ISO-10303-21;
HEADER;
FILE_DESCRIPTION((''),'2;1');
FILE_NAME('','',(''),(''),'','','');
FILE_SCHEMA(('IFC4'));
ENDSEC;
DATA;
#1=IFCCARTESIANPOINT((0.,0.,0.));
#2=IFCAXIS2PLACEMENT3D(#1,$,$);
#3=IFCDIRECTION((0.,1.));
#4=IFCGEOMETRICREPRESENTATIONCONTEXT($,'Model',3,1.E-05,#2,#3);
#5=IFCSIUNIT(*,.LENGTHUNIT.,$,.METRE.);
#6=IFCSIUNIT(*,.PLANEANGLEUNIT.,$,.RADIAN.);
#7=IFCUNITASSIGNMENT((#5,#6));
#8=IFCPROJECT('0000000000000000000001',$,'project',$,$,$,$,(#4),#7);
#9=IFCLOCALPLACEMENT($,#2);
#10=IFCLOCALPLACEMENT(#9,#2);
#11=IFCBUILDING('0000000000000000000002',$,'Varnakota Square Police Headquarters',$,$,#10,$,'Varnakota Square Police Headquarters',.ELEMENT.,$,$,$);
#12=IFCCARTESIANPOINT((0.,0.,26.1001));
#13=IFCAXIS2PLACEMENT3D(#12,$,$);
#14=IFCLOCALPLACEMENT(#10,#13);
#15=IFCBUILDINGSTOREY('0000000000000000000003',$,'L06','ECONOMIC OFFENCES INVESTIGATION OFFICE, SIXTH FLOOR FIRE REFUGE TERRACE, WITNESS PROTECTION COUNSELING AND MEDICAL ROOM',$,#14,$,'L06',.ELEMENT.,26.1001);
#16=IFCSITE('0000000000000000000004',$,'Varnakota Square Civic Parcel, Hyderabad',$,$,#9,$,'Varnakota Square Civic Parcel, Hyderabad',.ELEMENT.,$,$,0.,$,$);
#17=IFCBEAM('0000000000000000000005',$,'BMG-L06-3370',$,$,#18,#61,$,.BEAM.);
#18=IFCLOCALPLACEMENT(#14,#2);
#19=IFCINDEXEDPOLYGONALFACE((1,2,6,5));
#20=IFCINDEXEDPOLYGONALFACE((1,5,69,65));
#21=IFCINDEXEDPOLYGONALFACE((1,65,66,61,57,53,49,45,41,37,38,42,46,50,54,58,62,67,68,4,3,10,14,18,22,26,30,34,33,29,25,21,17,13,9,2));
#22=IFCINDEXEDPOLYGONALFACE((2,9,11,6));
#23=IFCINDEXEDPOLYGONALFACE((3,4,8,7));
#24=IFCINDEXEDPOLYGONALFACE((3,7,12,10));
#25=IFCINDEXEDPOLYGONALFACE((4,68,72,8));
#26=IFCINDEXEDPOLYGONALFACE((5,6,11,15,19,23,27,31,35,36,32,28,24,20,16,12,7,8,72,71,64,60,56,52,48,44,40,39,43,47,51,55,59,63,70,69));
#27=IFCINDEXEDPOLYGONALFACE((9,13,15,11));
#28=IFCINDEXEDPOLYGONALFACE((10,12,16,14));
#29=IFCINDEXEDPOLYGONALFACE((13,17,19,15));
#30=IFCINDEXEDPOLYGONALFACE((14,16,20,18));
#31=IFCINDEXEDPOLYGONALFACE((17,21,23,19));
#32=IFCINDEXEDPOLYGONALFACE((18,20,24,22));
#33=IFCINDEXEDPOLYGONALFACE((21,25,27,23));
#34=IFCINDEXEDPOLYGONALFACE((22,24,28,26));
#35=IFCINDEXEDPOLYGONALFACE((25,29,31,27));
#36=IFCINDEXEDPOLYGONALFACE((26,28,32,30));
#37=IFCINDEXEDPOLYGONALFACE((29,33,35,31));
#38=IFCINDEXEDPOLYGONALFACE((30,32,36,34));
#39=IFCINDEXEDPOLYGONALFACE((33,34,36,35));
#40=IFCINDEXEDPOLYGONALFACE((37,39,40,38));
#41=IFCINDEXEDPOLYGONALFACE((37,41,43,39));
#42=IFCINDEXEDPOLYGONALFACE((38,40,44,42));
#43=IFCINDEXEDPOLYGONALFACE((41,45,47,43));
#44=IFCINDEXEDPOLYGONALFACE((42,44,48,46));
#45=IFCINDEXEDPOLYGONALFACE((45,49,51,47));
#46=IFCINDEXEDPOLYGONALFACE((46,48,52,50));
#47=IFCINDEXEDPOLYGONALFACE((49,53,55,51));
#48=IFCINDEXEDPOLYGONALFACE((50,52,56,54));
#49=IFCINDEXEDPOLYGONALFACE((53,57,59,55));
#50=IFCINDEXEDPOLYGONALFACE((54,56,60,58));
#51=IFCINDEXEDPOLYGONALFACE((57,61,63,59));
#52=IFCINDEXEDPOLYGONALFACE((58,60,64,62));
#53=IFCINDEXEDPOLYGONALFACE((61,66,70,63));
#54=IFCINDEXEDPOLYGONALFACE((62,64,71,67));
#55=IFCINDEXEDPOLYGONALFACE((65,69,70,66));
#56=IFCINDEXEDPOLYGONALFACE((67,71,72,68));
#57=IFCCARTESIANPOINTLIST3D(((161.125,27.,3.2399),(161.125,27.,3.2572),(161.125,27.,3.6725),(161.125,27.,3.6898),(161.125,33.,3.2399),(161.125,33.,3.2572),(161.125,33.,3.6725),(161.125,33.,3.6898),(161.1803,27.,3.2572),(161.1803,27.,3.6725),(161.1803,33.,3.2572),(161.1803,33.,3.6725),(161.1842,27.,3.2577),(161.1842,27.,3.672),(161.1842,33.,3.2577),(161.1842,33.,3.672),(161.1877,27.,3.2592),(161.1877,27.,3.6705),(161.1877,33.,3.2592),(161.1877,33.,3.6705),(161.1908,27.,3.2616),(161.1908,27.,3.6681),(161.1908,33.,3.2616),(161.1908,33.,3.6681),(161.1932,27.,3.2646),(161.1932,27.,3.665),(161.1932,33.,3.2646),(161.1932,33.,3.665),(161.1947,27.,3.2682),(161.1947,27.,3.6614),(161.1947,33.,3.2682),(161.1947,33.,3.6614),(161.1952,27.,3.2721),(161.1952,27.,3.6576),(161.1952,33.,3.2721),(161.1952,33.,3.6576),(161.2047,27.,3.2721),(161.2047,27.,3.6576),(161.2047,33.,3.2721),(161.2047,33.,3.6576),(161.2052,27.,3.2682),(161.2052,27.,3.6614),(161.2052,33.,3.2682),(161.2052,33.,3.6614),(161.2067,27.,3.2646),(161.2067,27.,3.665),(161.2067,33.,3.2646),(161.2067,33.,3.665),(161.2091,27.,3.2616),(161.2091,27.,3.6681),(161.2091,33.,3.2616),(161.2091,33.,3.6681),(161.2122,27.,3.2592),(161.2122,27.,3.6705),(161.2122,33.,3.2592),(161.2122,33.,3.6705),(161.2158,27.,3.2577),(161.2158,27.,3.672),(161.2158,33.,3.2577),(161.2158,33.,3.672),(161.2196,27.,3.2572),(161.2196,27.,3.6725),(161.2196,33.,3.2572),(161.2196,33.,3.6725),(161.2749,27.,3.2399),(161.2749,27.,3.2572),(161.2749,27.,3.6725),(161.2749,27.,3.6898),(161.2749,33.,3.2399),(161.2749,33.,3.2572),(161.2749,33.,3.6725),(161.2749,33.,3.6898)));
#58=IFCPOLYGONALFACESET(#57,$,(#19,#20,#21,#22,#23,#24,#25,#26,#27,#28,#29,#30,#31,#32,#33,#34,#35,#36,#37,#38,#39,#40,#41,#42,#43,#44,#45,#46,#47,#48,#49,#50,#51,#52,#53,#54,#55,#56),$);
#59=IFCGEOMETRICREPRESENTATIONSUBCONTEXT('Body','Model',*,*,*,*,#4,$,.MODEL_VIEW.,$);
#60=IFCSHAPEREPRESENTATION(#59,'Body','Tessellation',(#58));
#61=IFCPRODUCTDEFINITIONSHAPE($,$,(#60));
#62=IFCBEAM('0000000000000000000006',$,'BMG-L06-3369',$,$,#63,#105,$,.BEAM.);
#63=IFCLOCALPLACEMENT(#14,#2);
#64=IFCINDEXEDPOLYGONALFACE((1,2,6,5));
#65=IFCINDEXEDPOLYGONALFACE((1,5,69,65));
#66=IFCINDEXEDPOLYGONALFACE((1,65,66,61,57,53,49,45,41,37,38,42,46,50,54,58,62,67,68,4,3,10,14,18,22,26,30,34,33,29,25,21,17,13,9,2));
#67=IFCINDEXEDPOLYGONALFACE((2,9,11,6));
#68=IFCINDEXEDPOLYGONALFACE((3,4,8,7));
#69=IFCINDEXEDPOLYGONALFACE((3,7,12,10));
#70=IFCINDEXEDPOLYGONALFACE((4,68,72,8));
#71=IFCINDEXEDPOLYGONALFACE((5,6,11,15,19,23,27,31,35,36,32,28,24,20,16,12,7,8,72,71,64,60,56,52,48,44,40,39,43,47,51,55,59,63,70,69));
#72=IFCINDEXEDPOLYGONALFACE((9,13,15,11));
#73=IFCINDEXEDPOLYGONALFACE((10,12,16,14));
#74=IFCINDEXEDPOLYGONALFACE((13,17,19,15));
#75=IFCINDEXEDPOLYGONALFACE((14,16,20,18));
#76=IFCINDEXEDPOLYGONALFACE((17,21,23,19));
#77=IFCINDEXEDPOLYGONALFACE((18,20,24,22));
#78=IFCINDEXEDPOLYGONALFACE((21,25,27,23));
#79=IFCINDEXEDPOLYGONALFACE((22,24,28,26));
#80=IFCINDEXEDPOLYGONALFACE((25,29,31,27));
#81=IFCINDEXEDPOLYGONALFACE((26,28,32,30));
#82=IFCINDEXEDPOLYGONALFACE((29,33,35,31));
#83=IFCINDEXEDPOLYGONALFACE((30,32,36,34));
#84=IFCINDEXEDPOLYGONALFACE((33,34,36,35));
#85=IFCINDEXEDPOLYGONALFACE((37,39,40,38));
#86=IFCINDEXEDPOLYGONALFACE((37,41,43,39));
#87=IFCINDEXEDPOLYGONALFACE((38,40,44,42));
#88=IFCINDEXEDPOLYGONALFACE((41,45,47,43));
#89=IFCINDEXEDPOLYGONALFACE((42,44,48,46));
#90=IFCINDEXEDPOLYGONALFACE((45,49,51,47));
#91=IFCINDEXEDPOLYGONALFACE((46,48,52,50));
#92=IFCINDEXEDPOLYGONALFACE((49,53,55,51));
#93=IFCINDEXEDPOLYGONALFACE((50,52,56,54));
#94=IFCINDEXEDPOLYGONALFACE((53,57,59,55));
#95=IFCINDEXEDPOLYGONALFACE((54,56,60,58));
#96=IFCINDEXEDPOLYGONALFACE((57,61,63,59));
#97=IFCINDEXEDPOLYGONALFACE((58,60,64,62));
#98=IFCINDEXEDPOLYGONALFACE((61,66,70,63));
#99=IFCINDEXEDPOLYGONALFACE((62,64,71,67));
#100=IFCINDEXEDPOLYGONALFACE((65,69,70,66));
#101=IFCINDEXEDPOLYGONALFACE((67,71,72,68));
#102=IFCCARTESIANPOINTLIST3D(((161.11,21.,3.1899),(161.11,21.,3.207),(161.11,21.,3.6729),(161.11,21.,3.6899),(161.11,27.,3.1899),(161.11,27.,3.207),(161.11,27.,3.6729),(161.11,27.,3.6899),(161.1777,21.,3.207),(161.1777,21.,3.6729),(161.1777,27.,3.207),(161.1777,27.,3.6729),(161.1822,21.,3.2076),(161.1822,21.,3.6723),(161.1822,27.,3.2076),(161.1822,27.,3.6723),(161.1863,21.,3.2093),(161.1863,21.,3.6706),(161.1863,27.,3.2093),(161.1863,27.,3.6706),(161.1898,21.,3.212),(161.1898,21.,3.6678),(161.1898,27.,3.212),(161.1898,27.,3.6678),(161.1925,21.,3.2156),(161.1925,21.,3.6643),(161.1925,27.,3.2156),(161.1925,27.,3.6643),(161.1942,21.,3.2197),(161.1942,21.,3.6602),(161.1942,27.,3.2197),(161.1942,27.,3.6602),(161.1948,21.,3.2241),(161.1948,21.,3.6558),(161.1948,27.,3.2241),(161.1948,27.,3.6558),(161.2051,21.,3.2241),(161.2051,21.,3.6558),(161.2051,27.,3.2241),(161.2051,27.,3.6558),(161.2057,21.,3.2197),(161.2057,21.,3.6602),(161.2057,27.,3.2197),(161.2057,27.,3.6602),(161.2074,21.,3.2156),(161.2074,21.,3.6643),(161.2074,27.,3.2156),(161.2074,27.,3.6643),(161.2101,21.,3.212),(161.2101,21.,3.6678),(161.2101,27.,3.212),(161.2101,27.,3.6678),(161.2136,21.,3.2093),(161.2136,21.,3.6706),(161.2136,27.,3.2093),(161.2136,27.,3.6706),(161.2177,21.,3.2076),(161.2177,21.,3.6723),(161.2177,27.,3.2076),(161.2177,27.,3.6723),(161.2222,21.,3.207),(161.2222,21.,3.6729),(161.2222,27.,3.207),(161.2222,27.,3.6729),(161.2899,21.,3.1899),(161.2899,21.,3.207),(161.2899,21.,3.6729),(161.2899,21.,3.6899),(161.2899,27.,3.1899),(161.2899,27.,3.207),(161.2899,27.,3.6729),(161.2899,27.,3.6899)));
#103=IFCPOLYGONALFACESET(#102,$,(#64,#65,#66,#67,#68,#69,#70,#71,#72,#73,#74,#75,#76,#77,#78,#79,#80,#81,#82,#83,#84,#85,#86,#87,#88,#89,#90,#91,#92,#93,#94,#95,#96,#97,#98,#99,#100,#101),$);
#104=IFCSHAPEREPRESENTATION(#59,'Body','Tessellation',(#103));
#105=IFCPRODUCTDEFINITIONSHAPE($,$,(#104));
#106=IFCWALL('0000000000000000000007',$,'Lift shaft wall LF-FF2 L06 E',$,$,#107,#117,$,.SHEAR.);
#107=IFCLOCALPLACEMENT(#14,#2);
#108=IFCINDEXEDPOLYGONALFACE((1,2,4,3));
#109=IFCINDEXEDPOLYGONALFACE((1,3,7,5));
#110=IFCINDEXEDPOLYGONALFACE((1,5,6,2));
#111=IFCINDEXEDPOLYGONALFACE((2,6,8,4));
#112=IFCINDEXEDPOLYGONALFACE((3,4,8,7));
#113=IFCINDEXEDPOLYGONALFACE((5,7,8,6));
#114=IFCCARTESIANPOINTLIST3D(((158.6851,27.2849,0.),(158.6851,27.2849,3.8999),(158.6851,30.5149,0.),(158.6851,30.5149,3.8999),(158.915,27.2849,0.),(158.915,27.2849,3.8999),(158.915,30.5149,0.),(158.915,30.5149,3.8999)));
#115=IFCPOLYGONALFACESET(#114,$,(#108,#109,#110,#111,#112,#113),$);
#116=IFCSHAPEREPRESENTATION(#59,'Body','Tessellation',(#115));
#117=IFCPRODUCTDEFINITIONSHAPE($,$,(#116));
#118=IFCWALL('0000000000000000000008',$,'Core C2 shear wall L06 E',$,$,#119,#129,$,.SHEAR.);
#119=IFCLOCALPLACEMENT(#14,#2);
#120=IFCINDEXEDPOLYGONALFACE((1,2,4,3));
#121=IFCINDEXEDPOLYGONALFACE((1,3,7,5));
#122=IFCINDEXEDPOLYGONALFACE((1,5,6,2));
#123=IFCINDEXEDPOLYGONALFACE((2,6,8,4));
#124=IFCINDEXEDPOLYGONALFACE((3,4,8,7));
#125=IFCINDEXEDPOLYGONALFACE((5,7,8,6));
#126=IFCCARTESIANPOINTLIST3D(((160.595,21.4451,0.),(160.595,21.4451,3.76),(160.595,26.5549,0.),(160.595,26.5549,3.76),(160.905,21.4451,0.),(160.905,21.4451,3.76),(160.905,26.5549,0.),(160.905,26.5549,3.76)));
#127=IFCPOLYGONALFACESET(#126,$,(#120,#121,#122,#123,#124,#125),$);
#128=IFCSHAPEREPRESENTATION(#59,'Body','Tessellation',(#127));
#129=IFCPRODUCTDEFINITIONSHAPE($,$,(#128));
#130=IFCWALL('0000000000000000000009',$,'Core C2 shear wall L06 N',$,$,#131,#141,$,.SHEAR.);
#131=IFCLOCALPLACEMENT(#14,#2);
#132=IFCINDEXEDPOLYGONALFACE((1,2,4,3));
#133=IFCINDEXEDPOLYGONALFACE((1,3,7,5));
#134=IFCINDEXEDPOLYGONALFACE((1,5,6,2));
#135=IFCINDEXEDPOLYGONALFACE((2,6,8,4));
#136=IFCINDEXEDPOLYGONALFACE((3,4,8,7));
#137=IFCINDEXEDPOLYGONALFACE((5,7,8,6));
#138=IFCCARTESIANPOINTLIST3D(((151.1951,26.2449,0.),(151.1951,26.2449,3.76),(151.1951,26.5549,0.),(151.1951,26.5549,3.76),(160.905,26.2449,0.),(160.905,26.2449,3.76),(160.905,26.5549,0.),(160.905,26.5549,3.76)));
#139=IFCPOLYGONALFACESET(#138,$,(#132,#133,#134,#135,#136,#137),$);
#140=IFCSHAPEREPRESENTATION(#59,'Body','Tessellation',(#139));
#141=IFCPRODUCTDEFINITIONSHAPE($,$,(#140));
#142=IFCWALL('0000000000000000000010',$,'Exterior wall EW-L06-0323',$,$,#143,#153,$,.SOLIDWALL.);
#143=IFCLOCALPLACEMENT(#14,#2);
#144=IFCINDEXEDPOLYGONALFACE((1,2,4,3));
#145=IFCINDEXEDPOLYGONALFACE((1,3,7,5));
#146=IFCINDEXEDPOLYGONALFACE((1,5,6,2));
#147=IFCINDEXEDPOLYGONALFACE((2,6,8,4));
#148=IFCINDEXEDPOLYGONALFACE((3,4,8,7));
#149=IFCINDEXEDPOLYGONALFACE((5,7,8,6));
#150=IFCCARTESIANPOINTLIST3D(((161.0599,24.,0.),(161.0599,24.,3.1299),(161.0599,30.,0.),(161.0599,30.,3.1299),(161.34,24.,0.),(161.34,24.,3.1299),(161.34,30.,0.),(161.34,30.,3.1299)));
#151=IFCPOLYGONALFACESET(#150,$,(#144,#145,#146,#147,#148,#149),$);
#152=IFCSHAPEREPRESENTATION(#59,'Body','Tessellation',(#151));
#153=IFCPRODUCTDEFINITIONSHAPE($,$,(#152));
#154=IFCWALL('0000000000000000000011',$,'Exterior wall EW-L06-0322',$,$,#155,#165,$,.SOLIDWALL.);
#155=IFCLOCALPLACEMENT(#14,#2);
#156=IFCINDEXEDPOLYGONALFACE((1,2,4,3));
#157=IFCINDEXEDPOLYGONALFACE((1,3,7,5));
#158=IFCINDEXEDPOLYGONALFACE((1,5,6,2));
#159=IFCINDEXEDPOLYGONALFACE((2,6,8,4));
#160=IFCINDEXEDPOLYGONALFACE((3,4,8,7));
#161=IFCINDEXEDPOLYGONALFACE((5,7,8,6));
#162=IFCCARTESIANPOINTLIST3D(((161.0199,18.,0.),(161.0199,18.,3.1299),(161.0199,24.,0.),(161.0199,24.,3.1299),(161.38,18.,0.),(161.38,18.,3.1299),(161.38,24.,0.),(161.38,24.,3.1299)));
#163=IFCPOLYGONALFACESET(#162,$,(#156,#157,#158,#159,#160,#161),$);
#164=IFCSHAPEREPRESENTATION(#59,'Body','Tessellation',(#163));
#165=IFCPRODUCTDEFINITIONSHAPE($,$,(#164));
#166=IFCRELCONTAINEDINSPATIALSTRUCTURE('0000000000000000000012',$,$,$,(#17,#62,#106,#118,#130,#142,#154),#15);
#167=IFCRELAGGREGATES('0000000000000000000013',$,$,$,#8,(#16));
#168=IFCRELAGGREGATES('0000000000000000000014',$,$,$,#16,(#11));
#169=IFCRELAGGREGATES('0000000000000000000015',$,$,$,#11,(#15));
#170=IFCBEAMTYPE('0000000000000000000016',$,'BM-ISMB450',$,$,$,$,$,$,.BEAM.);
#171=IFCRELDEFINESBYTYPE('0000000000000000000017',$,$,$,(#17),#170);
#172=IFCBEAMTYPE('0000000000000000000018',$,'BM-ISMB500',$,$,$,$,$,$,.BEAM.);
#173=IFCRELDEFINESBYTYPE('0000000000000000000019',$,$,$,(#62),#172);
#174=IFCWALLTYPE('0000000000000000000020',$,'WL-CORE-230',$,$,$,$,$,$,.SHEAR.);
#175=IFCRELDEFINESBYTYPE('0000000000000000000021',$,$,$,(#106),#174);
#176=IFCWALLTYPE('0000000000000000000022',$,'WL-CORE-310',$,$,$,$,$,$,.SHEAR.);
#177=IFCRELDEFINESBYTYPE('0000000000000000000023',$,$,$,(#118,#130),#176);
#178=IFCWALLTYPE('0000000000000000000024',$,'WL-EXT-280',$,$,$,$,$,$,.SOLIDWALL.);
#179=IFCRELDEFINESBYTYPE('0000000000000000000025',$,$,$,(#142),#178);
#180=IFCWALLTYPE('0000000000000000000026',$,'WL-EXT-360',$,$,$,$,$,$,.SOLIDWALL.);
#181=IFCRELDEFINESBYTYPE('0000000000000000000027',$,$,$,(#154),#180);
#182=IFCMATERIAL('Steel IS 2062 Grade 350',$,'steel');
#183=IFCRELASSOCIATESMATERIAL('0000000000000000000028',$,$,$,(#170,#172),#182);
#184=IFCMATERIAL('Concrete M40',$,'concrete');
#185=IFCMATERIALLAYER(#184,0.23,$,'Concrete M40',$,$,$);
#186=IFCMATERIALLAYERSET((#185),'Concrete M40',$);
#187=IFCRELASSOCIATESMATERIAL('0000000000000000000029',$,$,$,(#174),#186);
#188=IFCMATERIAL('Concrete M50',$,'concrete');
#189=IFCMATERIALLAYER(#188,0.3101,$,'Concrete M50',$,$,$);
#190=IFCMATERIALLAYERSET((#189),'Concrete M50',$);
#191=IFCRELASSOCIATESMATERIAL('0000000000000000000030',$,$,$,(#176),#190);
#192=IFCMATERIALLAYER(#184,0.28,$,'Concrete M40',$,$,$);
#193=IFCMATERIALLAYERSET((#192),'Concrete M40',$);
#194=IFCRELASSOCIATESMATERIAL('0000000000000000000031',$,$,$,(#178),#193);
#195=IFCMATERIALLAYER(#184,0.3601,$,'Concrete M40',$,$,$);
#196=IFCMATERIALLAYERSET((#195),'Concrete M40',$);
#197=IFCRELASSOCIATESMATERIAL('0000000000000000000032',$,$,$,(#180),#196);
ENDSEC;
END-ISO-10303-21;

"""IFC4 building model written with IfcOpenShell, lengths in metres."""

from ifc_helpers import new_model, si_unit, direction, frame, frame_2d, origin, origin_2d, place, context, subcontext, project, spatial, rectangle, i_section, extrude, material, layer, layer_set, material_profile, profile_set, type_object, element, save


model = new_model("IFC4")

# Units and contexts
model_context = context("Model", 3, precision=1e-05, world=origin(), true_north=direction((0.0, 1.0)))
body_context = subcontext(model_context, "Body", "Model", "MODEL_VIEW")
ifc_project = project(units=[si_unit("LENGTHUNIT", "METRE"), si_unit("PLANEANGLEUNIT", "RADIAN")], contexts=[model_context])

# Site, building, storey
site_placement = place(None, origin())
site = spatial("IfcSite", under=ifc_project, at=site_placement, Name="Varnakota Square Civic Parcel, Hyderabad", LongName="Varnakota Square Civic Parcel, Hyderabad", CompositionType="ELEMENT", RefElevation=0.0)
building_placement = place(site_placement, origin())
building = spatial("IfcBuilding", under=site, at=building_placement, Name="Varnakota Square Police Headquarters", LongName="Varnakota Square Police Headquarters", CompositionType="ELEMENT")
storey_placement = place(building_placement, frame((0.0, 0.0, 26.1001)))
storey = spatial("IfcBuildingStorey", under=building, at=storey_placement, Name="L06", Description="ECONOMIC OFFENCES INVESTIGATION OFFICE, SIXTH FLOOR FIRE REFUGE TERRACE, WITNESS PROTECTION COUNSELING AND MEDICAL ROOM", LongName="L06", CompositionType="ELEMENT", Elevation=26.1001)

# Shared definitions
ifc_material_1 = material(Name="Steel IS 2062 Grade 350", Category="steel")

# Beams
ifc_material_profile_1 = material_profile(ifc_material_1, i_section(OverallWidth=0.1499, OverallDepth=0.45, WebThickness=0.0095, FlangeThickness=0.0173, FilletRadius=0.0149, at=origin_2d()), Name="ISMB 450")
ifc_profile_set_1 = profile_set([ifc_material_profile_1], Name="Steel IS 2062 Grade 350")
beam_type_1 = type_object("IfcBeamType", Name="BM-ISMB450", PredefinedType="BEAM", material=ifc_profile_set_1)
beam_1_placement = place(storey_placement, frame((161.2, 27.0, 3.4648), z_axis=(0.0, 1.0, 0.0), x_axis=(-1.0, 0.0, 0.0)))
element("IfcBeam", 1, at=beam_1_placement, inside=storey, type_object=beam_type_1, Name="BMG-L06-3370", PredefinedType="BEAM", context=body_context, shape_type="SweptSolid", body=[
    extrude(i_section(OverallWidth=0.1499, OverallDepth=0.45, WebThickness=0.0095, FlangeThickness=0.0173, FilletRadius=0.0149, at=origin_2d()), origin(), (0.0, 0.0, 1.0), 6.0),
])
ifc_material_profile_2 = material_profile(ifc_material_1, i_section(OverallWidth=0.1799, OverallDepth=0.5, WebThickness=0.0103, FlangeThickness=0.0171, FilletRadius=0.0171, at=origin_2d()), Name="ISMB 500")
ifc_profile_set_2 = profile_set([ifc_material_profile_2], Name="Steel IS 2062 Grade 350")
beam_type_2 = type_object("IfcBeamType", Name="BM-ISMB500", PredefinedType="BEAM", material=ifc_profile_set_2)
beam_2_placement = place(storey_placement, frame((161.2, 21.0, 3.4399), z_axis=(0.0, 1.0, 0.0), x_axis=(-1.0, 0.0, 0.0)))
element("IfcBeam", 2, at=beam_2_placement, inside=storey, type_object=beam_type_2, Name="BMG-L06-3369", PredefinedType="BEAM", context=body_context, shape_type="SweptSolid", body=[
    extrude(i_section(OverallWidth=0.1799, OverallDepth=0.5, WebThickness=0.0103, FlangeThickness=0.0171, FilletRadius=0.0171, at=origin_2d()), origin(), (0.0, 0.0, 1.0), 6.0),
])

# Walls
ifc_material_2 = material(Name="Concrete M40", Category="concrete")
ifc_layer_1 = layer(ifc_material_2, 0.23, Name="Concrete M40")
ifc_layer_set_1 = layer_set([ifc_layer_1], Name="Concrete M40")
wall_type_1 = type_object("IfcWallType", Name="WL-CORE-230", PredefinedType="SHEAR", material=ifc_layer_set_1)
wall_1_placement = place(storey_placement, frame((158.8, 27.2849, 0.0), z_axis=(0.0, 0.0, 1.0), x_axis=(0.0, 1.0, 0.0)))
element("IfcWall", 3, at=wall_1_placement, inside=storey, type_object=wall_type_1, Name="Lift shaft wall LF-FF2 L06 E", PredefinedType="SHEAR", context=body_context, shape_type="SweptSolid", body=[
    extrude(rectangle(XDim=3.23, YDim=0.23, at=frame_2d((1.615, 0.0))), origin(), (0.0, 0.0, 1.0), 3.8999),
])
ifc_material_3 = material(Name="Concrete M50", Category="concrete")
ifc_layer_2 = layer(ifc_material_3, 0.3101, Name="Concrete M50")
ifc_layer_set_2 = layer_set([ifc_layer_2], Name="Concrete M50")
wall_type_2 = type_object("IfcWallType", Name="WL-CORE-310", PredefinedType="SHEAR", material=ifc_layer_set_2)
wall_2_placement = place(storey_placement, frame((160.75, 21.4451, 0.0), z_axis=(0.0, 0.0, 1.0), x_axis=(0.0, 1.0, 0.0)))
element("IfcWall", 4, at=wall_2_placement, inside=storey, type_object=wall_type_2, Name="Core C2 shear wall L06 E", PredefinedType="SHEAR", context=body_context, shape_type="SweptSolid", body=[
    extrude(rectangle(XDim=5.1099, YDim=0.3101, at=frame_2d((2.5549, 0.0))), origin(), (0.0, 0.0, 1.0), 3.76),
])
wall_3_placement = place(storey_placement, frame((160.905, 26.3999, 0.0), z_axis=(0.0, 0.0, 1.0), x_axis=(-1.0, 0.0, 0.0)))
element("IfcWall", 5, at=wall_3_placement, inside=storey, type_object=wall_type_2, Name="Core C2 shear wall L06 N", PredefinedType="SHEAR", context=body_context, shape_type="SweptSolid", body=[
    extrude(rectangle(XDim=9.71, YDim=0.3101, at=frame_2d((4.855, 0.0))), origin(), (0.0, 0.0, 1.0), 3.76),
])
ifc_layer_3 = layer(ifc_material_2, 0.28, Name="Concrete M40")
ifc_layer_set_3 = layer_set([ifc_layer_3], Name="Concrete M40")
wall_type_3 = type_object("IfcWallType", Name="WL-EXT-280", PredefinedType="SOLIDWALL", material=ifc_layer_set_3)
wall_4_placement = place(storey_placement, frame((161.2, 24.0, 0.0), z_axis=(0.0, 0.0, 1.0), x_axis=(0.0, 1.0, 0.0)))
element("IfcWall", 6, at=wall_4_placement, inside=storey, type_object=wall_type_3, Name="Exterior wall EW-L06-0323", PredefinedType="SOLIDWALL", context=body_context, shape_type="SweptSolid", body=[
    extrude(rectangle(XDim=6.0, YDim=0.28, at=frame_2d((3.0, 0.0))), origin(), (0.0, 0.0, 1.0), 3.1299),
])
ifc_layer_4 = layer(ifc_material_2, 0.3601, Name="Concrete M40")
ifc_layer_set_4 = layer_set([ifc_layer_4], Name="Concrete M40")
wall_type_4 = type_object("IfcWallType", Name="WL-EXT-360", PredefinedType="SOLIDWALL", material=ifc_layer_set_4)
wall_5_placement = place(storey_placement, frame((161.2, 18.0, 0.0), z_axis=(0.0, 0.0, 1.0), x_axis=(0.0, 1.0, 0.0)))
element("IfcWall", 7, at=wall_5_placement, inside=storey, type_object=wall_type_4, Name="Exterior wall EW-L06-0322", PredefinedType="SOLIDWALL", context=body_context, shape_type="SweptSolid", body=[
    extrude(rectangle(XDim=6.0, YDim=0.3601, at=frame_2d((3.0, 0.0))), origin(), (0.0, 0.0, 1.0), 3.1299),
])

save(model, "model.ifc")
